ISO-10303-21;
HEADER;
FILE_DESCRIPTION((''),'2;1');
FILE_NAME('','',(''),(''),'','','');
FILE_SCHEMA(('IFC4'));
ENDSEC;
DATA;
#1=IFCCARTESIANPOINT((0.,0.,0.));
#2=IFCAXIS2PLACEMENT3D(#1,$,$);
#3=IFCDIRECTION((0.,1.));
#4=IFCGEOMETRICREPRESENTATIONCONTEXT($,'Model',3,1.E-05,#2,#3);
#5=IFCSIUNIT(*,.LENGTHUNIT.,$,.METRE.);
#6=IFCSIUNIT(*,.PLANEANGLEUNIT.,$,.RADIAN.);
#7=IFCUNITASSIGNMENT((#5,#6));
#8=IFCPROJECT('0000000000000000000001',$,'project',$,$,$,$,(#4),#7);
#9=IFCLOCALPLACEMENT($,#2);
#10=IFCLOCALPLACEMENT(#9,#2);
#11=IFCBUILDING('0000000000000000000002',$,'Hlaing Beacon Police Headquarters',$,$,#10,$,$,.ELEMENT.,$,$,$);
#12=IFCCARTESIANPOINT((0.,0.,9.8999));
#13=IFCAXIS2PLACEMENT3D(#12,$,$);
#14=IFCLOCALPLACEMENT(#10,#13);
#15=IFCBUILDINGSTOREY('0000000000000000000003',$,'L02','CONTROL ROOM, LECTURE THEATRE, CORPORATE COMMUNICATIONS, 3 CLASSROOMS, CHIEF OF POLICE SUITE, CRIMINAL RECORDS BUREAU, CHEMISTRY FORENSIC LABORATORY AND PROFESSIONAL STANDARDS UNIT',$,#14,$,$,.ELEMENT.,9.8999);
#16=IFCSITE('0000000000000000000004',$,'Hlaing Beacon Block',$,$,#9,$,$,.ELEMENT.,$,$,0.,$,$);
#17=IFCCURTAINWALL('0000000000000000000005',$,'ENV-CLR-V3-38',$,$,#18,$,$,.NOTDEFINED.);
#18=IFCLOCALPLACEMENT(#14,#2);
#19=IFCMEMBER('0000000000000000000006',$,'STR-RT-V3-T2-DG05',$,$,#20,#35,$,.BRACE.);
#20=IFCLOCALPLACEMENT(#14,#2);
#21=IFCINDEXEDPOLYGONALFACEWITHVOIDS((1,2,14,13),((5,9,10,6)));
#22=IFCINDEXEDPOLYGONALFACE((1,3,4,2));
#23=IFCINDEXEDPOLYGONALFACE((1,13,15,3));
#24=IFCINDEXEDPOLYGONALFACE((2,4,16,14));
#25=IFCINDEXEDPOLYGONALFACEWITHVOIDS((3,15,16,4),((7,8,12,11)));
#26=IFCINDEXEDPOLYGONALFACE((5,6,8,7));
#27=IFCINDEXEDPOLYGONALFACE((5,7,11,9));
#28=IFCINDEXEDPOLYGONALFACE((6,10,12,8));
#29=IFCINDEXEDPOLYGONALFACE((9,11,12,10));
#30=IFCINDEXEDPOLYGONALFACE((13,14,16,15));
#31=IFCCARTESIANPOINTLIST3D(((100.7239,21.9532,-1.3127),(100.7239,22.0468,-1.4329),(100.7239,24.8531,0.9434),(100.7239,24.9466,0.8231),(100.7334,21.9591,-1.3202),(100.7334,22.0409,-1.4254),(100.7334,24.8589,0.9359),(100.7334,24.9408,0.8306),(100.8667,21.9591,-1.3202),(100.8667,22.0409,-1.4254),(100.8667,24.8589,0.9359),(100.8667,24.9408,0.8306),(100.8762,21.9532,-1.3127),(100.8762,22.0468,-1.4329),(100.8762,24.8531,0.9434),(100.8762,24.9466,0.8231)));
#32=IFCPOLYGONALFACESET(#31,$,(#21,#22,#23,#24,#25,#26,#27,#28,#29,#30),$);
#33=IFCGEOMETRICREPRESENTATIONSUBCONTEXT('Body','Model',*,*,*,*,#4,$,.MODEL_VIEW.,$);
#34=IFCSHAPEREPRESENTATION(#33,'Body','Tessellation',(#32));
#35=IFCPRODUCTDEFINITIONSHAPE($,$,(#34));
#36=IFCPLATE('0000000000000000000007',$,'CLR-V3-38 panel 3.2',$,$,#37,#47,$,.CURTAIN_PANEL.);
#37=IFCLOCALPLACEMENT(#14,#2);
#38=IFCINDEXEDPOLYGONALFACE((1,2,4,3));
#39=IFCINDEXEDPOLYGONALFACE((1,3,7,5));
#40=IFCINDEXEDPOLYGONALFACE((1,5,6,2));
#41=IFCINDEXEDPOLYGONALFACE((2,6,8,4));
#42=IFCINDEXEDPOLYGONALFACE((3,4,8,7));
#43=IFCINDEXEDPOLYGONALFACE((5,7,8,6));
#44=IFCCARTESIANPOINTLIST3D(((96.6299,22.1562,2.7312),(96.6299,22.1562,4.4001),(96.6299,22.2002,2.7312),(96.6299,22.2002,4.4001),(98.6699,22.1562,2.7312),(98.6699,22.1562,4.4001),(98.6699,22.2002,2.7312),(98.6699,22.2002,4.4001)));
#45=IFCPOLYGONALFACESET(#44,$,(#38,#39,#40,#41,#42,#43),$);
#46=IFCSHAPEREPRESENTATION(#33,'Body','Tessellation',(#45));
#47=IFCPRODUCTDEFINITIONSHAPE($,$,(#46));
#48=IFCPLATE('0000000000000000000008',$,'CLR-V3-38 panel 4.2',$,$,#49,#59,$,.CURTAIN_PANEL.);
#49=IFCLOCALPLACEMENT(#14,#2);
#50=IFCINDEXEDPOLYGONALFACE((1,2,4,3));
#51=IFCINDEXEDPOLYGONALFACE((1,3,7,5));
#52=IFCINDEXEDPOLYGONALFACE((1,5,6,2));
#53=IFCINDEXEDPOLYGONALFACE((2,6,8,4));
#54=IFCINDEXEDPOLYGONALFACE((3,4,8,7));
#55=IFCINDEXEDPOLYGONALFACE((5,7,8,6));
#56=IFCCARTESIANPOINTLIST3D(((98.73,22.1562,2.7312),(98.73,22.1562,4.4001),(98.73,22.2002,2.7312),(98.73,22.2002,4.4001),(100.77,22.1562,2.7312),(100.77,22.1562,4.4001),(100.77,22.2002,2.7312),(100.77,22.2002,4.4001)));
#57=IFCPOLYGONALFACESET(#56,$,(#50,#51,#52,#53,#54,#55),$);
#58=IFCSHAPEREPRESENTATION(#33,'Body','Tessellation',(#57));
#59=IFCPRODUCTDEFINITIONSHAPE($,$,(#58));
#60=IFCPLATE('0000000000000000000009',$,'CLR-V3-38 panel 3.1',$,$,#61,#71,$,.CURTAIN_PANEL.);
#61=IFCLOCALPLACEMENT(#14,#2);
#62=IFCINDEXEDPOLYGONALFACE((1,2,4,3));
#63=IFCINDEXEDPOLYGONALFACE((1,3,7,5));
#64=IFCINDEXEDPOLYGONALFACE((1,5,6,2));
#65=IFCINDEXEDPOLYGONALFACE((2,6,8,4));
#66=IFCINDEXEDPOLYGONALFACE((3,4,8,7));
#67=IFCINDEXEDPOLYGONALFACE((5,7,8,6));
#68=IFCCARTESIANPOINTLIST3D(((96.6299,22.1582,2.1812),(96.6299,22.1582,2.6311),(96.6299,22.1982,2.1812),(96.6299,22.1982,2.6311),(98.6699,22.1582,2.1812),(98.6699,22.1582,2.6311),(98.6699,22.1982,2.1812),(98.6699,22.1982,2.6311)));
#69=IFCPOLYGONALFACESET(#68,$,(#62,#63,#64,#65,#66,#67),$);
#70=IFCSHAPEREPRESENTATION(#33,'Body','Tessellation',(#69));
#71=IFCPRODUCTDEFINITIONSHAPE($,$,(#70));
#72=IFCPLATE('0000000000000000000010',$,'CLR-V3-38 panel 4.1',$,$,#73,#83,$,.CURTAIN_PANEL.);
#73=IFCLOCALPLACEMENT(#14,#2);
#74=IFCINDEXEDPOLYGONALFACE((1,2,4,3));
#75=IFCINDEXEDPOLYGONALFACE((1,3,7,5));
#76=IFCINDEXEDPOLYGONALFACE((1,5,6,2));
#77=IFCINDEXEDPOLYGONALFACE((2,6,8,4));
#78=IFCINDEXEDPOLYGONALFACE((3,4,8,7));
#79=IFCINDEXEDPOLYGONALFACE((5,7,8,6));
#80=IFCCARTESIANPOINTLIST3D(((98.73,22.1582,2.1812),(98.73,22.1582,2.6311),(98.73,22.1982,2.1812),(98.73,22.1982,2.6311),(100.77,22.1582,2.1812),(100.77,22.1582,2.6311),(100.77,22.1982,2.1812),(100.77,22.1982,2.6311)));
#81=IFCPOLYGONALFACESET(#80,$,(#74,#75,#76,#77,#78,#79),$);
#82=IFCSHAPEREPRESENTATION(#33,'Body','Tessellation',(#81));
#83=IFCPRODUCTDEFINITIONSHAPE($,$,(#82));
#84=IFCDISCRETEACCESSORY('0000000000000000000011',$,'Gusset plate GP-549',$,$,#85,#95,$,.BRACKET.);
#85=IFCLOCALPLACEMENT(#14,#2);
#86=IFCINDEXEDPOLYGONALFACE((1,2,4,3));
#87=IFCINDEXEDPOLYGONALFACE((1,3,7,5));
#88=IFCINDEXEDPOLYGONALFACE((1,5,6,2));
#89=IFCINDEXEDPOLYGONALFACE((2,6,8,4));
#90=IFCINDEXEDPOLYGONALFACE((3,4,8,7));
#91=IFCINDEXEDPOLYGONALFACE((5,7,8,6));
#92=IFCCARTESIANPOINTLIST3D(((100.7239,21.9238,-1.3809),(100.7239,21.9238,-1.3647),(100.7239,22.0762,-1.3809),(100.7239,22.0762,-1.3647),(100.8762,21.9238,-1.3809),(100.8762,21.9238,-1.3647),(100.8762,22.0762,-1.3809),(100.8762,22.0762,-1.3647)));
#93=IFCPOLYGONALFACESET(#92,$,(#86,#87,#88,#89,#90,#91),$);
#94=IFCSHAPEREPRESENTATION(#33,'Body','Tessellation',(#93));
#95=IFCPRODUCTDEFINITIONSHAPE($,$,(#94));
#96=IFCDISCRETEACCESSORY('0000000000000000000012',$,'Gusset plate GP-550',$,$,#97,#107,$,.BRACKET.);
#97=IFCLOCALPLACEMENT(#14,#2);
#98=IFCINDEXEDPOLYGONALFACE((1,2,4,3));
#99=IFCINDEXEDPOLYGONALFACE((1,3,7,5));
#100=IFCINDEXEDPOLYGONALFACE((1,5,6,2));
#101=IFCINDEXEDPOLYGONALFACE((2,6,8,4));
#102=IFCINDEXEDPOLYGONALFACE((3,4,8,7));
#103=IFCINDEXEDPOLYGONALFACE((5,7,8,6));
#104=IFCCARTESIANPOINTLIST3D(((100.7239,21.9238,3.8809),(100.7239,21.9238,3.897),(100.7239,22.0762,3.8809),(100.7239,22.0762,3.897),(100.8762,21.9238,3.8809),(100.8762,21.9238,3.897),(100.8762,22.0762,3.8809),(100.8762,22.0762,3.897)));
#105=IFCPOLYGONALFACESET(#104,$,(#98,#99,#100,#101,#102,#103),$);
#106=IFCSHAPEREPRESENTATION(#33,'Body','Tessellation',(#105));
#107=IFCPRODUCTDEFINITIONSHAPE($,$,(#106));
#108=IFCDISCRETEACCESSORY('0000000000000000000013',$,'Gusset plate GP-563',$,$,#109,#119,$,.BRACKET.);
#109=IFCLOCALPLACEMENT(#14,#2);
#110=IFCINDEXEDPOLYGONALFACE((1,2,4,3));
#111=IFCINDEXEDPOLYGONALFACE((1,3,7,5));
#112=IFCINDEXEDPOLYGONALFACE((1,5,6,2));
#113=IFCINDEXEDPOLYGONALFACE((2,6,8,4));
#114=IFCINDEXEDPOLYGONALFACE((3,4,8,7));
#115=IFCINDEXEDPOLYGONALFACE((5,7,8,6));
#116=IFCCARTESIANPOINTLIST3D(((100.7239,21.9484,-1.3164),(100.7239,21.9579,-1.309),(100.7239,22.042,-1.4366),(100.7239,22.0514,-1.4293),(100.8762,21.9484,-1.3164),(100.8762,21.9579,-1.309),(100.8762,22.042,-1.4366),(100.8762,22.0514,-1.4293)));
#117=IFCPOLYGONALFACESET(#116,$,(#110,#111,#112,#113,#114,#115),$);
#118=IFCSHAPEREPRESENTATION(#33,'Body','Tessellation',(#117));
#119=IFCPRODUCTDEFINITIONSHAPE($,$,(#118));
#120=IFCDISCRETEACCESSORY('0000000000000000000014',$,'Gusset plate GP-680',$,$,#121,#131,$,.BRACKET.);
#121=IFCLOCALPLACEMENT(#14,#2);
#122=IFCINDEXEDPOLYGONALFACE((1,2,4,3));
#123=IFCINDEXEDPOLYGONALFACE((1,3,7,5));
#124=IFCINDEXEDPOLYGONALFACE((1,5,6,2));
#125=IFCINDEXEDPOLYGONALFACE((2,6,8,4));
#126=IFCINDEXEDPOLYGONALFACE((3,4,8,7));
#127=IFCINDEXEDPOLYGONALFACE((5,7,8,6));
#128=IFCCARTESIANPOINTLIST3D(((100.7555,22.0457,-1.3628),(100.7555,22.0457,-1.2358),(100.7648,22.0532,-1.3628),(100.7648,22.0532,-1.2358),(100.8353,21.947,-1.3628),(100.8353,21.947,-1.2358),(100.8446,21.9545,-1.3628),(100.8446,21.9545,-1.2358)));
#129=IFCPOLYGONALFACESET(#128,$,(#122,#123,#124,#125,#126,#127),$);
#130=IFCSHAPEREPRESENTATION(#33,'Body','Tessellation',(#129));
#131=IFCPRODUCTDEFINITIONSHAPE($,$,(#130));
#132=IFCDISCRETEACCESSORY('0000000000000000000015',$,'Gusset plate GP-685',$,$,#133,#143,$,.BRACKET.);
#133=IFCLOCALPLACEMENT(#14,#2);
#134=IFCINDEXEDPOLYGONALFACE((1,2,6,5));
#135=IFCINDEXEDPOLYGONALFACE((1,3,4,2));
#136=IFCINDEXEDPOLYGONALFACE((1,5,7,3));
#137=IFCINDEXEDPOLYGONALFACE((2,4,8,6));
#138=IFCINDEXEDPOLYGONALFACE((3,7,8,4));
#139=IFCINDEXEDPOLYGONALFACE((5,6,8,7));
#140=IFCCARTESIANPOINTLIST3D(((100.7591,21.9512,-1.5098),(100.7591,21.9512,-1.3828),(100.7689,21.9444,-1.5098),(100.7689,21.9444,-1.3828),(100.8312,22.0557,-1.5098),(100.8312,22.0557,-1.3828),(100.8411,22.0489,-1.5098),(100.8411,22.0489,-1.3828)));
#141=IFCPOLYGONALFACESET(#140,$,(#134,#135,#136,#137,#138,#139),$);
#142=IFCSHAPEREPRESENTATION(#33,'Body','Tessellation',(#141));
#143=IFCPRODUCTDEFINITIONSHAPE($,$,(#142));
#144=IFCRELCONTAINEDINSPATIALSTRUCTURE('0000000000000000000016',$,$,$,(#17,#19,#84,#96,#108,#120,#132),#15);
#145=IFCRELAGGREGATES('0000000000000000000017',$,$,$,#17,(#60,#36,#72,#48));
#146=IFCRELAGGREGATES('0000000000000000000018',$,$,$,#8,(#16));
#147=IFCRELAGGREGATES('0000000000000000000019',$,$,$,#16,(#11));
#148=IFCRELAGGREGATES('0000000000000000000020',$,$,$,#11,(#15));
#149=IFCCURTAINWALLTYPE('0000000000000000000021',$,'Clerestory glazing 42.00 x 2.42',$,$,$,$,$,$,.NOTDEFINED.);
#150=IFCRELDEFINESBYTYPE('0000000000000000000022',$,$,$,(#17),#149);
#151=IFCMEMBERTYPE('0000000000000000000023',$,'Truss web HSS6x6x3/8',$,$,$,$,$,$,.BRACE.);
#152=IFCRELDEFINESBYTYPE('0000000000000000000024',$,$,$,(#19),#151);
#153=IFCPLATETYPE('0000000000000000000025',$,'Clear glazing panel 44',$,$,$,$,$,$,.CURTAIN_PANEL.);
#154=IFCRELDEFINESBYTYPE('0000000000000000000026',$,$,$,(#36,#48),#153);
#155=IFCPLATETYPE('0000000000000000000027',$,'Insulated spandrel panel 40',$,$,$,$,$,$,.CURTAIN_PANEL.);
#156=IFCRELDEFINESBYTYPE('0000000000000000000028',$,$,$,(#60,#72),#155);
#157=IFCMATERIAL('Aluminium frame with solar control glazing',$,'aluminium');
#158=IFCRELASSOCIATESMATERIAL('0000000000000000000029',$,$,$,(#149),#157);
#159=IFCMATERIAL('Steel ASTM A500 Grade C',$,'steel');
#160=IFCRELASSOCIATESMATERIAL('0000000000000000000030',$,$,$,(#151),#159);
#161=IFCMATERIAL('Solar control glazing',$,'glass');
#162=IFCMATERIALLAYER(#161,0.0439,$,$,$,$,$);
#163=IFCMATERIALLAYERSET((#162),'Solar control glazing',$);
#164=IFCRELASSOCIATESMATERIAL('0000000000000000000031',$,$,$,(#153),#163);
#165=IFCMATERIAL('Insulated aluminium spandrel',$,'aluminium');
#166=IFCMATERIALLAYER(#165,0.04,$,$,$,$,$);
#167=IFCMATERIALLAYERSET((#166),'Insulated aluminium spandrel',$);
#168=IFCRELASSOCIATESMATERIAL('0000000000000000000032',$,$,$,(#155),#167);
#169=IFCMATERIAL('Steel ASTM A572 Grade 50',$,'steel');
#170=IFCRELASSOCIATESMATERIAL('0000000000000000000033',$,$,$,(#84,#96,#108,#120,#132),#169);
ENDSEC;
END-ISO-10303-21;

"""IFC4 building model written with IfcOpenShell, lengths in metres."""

from ifc_helpers import new_model, si_unit, direction, frame, origin, origin_2d, place, context, subcontext, project, spatial, rectangle, hollow_rectangle, extrude, material, layer, layer_set, material_profile, profile_set, type_object, element, aggregate, save


model = new_model("IFC4")

# Units and contexts
model_context = context("Model", 3, precision=1e-05, world=origin(), true_north=direction((0.0, 1.0)))
body_context = subcontext(model_context, "Body", "Model", "MODEL_VIEW")
ifc_project = project(units=[si_unit("LENGTHUNIT", "METRE"), si_unit("PLANEANGLEUNIT", "RADIAN")], contexts=[model_context])

# Site, building, storey
site_placement = place(None, origin())
site = spatial("IfcSite", under=ifc_project, at=site_placement, Name="Hlaing Beacon Block", CompositionType="ELEMENT", RefElevation=0.0)
building_placement = place(site_placement, origin())
building = spatial("IfcBuilding", under=site, at=building_placement, Name="Hlaing Beacon Police Headquarters", CompositionType="ELEMENT")
storey_placement = place(building_placement, frame((0.0, 0.0, 9.8999)))
storey = spatial("IfcBuildingStorey", under=building, at=storey_placement, Name="L02", Description="CONTROL ROOM, LECTURE THEATRE, CORPORATE COMMUNICATIONS, 3 CLASSROOMS, CHIEF OF POLICE SUITE, CRIMINAL RECORDS BUREAU, CHEMISTRY FORENSIC LABORATORY AND PROFESSIONAL STANDARDS UNIT", CompositionType="ELEMENT", Elevation=9.8999)

# Curtain wall
ifc_material_1 = material(Name="Aluminium frame with solar control glazing", Category="aluminium")
curtain_wall_type = type_object("IfcCurtainWallType", Name="Clerestory glazing 42.00 x 2.42", PredefinedType="NOTDEFINED", material=ifc_material_1)
curtain_wall_placement = place(storey_placement, origin())
curtain_wall = element("IfcCurtainWall", 1, at=curtain_wall_placement, inside=storey, type_object=curtain_wall_type, Name="ENV-CLR-V3-38", PredefinedType="NOTDEFINED")

# Member
ifc_material_2 = material(Name="Steel ASTM A500 Grade C", Category="steel")
ifc_material_profile_1 = material_profile(ifc_material_2, hollow_rectangle(XDim=0.1523, YDim=0.1523, WallThickness=0.0095, at=origin_2d()), Name="HSS6x6x3/8")
ifc_profile_set_1 = profile_set([ifc_material_profile_1], Name="Steel ASTM A500 Grade C")
member_type_1 = type_object("IfcMemberType", Name="Truss web HSS6x6x3/8", PredefinedType="BRACE", material=ifc_profile_set_1)
member_1_placement = place(storey_placement, frame((100.8, 22.0, -1.3728), z_axis=(0.0, 0.78927, 0.614046), x_axis=(-1.0, 0.0, 0.0)))
element("IfcMember", 2, at=member_1_placement, inside=storey, type_object=member_type_1, Name="STR-RT-V3-T2-DG05", PredefinedType="BRACE", context=body_context, shape_type="SweptSolid", body=[
    extrude(hollow_rectangle(XDim=0.1523, YDim=0.1523, WallThickness=0.0095, at=origin_2d()), origin(), (0.0, 0.0, 1.0), 3.6741),
])

# Plates
ifc_material_3 = material(Name="Solar control glazing", Category="glass")
ifc_layer_1 = layer(ifc_material_3, 0.0439)
ifc_layer_set_1 = layer_set([ifc_layer_1], Name="Solar control glazing")
plate_type_1 = type_object("IfcPlateType", Name="Clear glazing panel 44", PredefinedType="CURTAIN_PANEL", material=ifc_layer_set_1)
plate_1_placement = place(storey_placement, frame((97.6499, 22.1782, 2.7312), z_axis=(0.0, 0.0, 1.0), x_axis=(1.0, 0.0, 0.0)))
plate_1 = element("IfcPlate", 3, at=plate_1_placement, type_object=plate_type_1, Name="CLR-V3-38 panel 3.2", PredefinedType="CURTAIN_PANEL", context=body_context, shape_type="SweptSolid", body=[
    extrude(rectangle(XDim=2.04, YDim=0.0439, at=origin_2d()), origin(), (0.0, 0.0, 1.0), 1.6689),
])
plate_2_placement = place(storey_placement, frame((99.75, 22.1782, 2.7312), z_axis=(0.0, 0.0, 1.0), x_axis=(1.0, 0.0, 0.0)))
plate_2 = element("IfcPlate", 4, at=plate_2_placement, type_object=plate_type_1, Name="CLR-V3-38 panel 4.2", PredefinedType="CURTAIN_PANEL", context=body_context, shape_type="SweptSolid", body=[
    extrude(rectangle(XDim=2.04, YDim=0.0439, at=origin_2d()), origin(), (0.0, 0.0, 1.0), 1.6689),
])
ifc_material_4 = material(Name="Insulated aluminium spandrel", Category="aluminium")
ifc_layer_2 = layer(ifc_material_4, 0.04)
ifc_layer_set_2 = layer_set([ifc_layer_2], Name="Insulated aluminium spandrel")
plate_type_2 = type_object("IfcPlateType", Name="Insulated spandrel panel 40", PredefinedType="CURTAIN_PANEL", material=ifc_layer_set_2)
plate_3_placement = place(storey_placement, frame((97.6499, 22.1782, 2.1812), z_axis=(0.0, 0.0, 1.0), x_axis=(1.0, 0.0, 0.0)))
plate_3 = element("IfcPlate", 5, at=plate_3_placement, type_object=plate_type_2, Name="CLR-V3-38 panel 3.1", PredefinedType="CURTAIN_PANEL", context=body_context, shape_type="SweptSolid", body=[
    extrude(rectangle(XDim=2.04, YDim=0.04, at=origin_2d()), origin(), (0.0, 0.0, 1.0), 0.45),
])
plate_4_placement = place(storey_placement, frame((99.75, 22.1782, 2.1812), z_axis=(0.0, 0.0, 1.0), x_axis=(1.0, 0.0, 0.0)))
plate_4 = element("IfcPlate", 6, at=plate_4_placement, type_object=plate_type_2, Name="CLR-V3-38 panel 4.1", PredefinedType="CURTAIN_PANEL", context=body_context, shape_type="SweptSolid", body=[
    extrude(rectangle(XDim=2.04, YDim=0.04, at=origin_2d()), origin(), (0.0, 0.0, 1.0), 0.45),
])
aggregate(curtain_wall, [plate_3, plate_1, plate_4, plate_2])

# Discrete accessories
ifc_material_5 = material(Name="Steel ASTM A572 Grade 50", Category="steel")
for number, where, z_axis, x_axis, name in (
    (7, (100.8, 22.0, -1.3647), (0.0, 0.0, -1.0), (1.0, 0.0, 0.0), "Gusset plate GP-549"),
    (8, (100.8, 22.0, 3.8809), (0.0, 0.0, 1.0), (1.0, 0.0, 0.0), "Gusset plate GP-550"),
):
    element("IfcDiscreteAccessory", number, at=place(storey_placement, frame(where, z_axis=z_axis, x_axis=x_axis)), inside=storey, material=ifc_material_5, Name=name, PredefinedType="BRACKET", context=body_context, shape_type="SweptSolid", body=[
        extrude(rectangle(XDim=0.1523, YDim=0.1523, at=origin_2d()), origin(), (0.0, 0.0, 1.0), 0.0161),
    ])
discrete_accessory_placement = place(storey_placement, frame((100.8, 22.0046, -1.3691), z_axis=(0.0, -0.78927, -0.614046), x_axis=(1.0, 0.0, 0.0)))
element("IfcDiscreteAccessory", 9, at=discrete_accessory_placement, inside=storey, material=ifc_material_5, Name="Gusset plate GP-563", PredefinedType="BRACKET", context=body_context, shape_type="SweptSolid", body=[
    extrude(rectangle(XDim=0.1523, YDim=0.1523, at=origin_2d()), origin(), (0.0, 0.0, 1.0), 0.012),
])
for number, where, z_axis, x_axis, name in (
    (10, (100.7954, 21.9963, -1.2993), (0.777248, 0.629194, 0.0), (-0.629194, 0.777248, 0.0), "Gusset plate GP-680"),
    (11, (100.7952, 22.0034, -1.4463), (0.822899, -0.568187, 0.0), (0.568187, 0.822899, 0.0), "Gusset plate GP-685"),
):
    element("IfcDiscreteAccessory", number, at=place(storey_placement, frame(where, z_axis=z_axis, x_axis=x_axis)), inside=storey, material=ifc_material_5, Name=name, PredefinedType="BRACKET", context=body_context, shape_type="SweptSolid", body=[
        extrude(rectangle(XDim=0.127, YDim=0.127, at=origin_2d()), origin(), (0.0, 0.0, 1.0), 0.012),
    ])

save(model, "model.ifc")
